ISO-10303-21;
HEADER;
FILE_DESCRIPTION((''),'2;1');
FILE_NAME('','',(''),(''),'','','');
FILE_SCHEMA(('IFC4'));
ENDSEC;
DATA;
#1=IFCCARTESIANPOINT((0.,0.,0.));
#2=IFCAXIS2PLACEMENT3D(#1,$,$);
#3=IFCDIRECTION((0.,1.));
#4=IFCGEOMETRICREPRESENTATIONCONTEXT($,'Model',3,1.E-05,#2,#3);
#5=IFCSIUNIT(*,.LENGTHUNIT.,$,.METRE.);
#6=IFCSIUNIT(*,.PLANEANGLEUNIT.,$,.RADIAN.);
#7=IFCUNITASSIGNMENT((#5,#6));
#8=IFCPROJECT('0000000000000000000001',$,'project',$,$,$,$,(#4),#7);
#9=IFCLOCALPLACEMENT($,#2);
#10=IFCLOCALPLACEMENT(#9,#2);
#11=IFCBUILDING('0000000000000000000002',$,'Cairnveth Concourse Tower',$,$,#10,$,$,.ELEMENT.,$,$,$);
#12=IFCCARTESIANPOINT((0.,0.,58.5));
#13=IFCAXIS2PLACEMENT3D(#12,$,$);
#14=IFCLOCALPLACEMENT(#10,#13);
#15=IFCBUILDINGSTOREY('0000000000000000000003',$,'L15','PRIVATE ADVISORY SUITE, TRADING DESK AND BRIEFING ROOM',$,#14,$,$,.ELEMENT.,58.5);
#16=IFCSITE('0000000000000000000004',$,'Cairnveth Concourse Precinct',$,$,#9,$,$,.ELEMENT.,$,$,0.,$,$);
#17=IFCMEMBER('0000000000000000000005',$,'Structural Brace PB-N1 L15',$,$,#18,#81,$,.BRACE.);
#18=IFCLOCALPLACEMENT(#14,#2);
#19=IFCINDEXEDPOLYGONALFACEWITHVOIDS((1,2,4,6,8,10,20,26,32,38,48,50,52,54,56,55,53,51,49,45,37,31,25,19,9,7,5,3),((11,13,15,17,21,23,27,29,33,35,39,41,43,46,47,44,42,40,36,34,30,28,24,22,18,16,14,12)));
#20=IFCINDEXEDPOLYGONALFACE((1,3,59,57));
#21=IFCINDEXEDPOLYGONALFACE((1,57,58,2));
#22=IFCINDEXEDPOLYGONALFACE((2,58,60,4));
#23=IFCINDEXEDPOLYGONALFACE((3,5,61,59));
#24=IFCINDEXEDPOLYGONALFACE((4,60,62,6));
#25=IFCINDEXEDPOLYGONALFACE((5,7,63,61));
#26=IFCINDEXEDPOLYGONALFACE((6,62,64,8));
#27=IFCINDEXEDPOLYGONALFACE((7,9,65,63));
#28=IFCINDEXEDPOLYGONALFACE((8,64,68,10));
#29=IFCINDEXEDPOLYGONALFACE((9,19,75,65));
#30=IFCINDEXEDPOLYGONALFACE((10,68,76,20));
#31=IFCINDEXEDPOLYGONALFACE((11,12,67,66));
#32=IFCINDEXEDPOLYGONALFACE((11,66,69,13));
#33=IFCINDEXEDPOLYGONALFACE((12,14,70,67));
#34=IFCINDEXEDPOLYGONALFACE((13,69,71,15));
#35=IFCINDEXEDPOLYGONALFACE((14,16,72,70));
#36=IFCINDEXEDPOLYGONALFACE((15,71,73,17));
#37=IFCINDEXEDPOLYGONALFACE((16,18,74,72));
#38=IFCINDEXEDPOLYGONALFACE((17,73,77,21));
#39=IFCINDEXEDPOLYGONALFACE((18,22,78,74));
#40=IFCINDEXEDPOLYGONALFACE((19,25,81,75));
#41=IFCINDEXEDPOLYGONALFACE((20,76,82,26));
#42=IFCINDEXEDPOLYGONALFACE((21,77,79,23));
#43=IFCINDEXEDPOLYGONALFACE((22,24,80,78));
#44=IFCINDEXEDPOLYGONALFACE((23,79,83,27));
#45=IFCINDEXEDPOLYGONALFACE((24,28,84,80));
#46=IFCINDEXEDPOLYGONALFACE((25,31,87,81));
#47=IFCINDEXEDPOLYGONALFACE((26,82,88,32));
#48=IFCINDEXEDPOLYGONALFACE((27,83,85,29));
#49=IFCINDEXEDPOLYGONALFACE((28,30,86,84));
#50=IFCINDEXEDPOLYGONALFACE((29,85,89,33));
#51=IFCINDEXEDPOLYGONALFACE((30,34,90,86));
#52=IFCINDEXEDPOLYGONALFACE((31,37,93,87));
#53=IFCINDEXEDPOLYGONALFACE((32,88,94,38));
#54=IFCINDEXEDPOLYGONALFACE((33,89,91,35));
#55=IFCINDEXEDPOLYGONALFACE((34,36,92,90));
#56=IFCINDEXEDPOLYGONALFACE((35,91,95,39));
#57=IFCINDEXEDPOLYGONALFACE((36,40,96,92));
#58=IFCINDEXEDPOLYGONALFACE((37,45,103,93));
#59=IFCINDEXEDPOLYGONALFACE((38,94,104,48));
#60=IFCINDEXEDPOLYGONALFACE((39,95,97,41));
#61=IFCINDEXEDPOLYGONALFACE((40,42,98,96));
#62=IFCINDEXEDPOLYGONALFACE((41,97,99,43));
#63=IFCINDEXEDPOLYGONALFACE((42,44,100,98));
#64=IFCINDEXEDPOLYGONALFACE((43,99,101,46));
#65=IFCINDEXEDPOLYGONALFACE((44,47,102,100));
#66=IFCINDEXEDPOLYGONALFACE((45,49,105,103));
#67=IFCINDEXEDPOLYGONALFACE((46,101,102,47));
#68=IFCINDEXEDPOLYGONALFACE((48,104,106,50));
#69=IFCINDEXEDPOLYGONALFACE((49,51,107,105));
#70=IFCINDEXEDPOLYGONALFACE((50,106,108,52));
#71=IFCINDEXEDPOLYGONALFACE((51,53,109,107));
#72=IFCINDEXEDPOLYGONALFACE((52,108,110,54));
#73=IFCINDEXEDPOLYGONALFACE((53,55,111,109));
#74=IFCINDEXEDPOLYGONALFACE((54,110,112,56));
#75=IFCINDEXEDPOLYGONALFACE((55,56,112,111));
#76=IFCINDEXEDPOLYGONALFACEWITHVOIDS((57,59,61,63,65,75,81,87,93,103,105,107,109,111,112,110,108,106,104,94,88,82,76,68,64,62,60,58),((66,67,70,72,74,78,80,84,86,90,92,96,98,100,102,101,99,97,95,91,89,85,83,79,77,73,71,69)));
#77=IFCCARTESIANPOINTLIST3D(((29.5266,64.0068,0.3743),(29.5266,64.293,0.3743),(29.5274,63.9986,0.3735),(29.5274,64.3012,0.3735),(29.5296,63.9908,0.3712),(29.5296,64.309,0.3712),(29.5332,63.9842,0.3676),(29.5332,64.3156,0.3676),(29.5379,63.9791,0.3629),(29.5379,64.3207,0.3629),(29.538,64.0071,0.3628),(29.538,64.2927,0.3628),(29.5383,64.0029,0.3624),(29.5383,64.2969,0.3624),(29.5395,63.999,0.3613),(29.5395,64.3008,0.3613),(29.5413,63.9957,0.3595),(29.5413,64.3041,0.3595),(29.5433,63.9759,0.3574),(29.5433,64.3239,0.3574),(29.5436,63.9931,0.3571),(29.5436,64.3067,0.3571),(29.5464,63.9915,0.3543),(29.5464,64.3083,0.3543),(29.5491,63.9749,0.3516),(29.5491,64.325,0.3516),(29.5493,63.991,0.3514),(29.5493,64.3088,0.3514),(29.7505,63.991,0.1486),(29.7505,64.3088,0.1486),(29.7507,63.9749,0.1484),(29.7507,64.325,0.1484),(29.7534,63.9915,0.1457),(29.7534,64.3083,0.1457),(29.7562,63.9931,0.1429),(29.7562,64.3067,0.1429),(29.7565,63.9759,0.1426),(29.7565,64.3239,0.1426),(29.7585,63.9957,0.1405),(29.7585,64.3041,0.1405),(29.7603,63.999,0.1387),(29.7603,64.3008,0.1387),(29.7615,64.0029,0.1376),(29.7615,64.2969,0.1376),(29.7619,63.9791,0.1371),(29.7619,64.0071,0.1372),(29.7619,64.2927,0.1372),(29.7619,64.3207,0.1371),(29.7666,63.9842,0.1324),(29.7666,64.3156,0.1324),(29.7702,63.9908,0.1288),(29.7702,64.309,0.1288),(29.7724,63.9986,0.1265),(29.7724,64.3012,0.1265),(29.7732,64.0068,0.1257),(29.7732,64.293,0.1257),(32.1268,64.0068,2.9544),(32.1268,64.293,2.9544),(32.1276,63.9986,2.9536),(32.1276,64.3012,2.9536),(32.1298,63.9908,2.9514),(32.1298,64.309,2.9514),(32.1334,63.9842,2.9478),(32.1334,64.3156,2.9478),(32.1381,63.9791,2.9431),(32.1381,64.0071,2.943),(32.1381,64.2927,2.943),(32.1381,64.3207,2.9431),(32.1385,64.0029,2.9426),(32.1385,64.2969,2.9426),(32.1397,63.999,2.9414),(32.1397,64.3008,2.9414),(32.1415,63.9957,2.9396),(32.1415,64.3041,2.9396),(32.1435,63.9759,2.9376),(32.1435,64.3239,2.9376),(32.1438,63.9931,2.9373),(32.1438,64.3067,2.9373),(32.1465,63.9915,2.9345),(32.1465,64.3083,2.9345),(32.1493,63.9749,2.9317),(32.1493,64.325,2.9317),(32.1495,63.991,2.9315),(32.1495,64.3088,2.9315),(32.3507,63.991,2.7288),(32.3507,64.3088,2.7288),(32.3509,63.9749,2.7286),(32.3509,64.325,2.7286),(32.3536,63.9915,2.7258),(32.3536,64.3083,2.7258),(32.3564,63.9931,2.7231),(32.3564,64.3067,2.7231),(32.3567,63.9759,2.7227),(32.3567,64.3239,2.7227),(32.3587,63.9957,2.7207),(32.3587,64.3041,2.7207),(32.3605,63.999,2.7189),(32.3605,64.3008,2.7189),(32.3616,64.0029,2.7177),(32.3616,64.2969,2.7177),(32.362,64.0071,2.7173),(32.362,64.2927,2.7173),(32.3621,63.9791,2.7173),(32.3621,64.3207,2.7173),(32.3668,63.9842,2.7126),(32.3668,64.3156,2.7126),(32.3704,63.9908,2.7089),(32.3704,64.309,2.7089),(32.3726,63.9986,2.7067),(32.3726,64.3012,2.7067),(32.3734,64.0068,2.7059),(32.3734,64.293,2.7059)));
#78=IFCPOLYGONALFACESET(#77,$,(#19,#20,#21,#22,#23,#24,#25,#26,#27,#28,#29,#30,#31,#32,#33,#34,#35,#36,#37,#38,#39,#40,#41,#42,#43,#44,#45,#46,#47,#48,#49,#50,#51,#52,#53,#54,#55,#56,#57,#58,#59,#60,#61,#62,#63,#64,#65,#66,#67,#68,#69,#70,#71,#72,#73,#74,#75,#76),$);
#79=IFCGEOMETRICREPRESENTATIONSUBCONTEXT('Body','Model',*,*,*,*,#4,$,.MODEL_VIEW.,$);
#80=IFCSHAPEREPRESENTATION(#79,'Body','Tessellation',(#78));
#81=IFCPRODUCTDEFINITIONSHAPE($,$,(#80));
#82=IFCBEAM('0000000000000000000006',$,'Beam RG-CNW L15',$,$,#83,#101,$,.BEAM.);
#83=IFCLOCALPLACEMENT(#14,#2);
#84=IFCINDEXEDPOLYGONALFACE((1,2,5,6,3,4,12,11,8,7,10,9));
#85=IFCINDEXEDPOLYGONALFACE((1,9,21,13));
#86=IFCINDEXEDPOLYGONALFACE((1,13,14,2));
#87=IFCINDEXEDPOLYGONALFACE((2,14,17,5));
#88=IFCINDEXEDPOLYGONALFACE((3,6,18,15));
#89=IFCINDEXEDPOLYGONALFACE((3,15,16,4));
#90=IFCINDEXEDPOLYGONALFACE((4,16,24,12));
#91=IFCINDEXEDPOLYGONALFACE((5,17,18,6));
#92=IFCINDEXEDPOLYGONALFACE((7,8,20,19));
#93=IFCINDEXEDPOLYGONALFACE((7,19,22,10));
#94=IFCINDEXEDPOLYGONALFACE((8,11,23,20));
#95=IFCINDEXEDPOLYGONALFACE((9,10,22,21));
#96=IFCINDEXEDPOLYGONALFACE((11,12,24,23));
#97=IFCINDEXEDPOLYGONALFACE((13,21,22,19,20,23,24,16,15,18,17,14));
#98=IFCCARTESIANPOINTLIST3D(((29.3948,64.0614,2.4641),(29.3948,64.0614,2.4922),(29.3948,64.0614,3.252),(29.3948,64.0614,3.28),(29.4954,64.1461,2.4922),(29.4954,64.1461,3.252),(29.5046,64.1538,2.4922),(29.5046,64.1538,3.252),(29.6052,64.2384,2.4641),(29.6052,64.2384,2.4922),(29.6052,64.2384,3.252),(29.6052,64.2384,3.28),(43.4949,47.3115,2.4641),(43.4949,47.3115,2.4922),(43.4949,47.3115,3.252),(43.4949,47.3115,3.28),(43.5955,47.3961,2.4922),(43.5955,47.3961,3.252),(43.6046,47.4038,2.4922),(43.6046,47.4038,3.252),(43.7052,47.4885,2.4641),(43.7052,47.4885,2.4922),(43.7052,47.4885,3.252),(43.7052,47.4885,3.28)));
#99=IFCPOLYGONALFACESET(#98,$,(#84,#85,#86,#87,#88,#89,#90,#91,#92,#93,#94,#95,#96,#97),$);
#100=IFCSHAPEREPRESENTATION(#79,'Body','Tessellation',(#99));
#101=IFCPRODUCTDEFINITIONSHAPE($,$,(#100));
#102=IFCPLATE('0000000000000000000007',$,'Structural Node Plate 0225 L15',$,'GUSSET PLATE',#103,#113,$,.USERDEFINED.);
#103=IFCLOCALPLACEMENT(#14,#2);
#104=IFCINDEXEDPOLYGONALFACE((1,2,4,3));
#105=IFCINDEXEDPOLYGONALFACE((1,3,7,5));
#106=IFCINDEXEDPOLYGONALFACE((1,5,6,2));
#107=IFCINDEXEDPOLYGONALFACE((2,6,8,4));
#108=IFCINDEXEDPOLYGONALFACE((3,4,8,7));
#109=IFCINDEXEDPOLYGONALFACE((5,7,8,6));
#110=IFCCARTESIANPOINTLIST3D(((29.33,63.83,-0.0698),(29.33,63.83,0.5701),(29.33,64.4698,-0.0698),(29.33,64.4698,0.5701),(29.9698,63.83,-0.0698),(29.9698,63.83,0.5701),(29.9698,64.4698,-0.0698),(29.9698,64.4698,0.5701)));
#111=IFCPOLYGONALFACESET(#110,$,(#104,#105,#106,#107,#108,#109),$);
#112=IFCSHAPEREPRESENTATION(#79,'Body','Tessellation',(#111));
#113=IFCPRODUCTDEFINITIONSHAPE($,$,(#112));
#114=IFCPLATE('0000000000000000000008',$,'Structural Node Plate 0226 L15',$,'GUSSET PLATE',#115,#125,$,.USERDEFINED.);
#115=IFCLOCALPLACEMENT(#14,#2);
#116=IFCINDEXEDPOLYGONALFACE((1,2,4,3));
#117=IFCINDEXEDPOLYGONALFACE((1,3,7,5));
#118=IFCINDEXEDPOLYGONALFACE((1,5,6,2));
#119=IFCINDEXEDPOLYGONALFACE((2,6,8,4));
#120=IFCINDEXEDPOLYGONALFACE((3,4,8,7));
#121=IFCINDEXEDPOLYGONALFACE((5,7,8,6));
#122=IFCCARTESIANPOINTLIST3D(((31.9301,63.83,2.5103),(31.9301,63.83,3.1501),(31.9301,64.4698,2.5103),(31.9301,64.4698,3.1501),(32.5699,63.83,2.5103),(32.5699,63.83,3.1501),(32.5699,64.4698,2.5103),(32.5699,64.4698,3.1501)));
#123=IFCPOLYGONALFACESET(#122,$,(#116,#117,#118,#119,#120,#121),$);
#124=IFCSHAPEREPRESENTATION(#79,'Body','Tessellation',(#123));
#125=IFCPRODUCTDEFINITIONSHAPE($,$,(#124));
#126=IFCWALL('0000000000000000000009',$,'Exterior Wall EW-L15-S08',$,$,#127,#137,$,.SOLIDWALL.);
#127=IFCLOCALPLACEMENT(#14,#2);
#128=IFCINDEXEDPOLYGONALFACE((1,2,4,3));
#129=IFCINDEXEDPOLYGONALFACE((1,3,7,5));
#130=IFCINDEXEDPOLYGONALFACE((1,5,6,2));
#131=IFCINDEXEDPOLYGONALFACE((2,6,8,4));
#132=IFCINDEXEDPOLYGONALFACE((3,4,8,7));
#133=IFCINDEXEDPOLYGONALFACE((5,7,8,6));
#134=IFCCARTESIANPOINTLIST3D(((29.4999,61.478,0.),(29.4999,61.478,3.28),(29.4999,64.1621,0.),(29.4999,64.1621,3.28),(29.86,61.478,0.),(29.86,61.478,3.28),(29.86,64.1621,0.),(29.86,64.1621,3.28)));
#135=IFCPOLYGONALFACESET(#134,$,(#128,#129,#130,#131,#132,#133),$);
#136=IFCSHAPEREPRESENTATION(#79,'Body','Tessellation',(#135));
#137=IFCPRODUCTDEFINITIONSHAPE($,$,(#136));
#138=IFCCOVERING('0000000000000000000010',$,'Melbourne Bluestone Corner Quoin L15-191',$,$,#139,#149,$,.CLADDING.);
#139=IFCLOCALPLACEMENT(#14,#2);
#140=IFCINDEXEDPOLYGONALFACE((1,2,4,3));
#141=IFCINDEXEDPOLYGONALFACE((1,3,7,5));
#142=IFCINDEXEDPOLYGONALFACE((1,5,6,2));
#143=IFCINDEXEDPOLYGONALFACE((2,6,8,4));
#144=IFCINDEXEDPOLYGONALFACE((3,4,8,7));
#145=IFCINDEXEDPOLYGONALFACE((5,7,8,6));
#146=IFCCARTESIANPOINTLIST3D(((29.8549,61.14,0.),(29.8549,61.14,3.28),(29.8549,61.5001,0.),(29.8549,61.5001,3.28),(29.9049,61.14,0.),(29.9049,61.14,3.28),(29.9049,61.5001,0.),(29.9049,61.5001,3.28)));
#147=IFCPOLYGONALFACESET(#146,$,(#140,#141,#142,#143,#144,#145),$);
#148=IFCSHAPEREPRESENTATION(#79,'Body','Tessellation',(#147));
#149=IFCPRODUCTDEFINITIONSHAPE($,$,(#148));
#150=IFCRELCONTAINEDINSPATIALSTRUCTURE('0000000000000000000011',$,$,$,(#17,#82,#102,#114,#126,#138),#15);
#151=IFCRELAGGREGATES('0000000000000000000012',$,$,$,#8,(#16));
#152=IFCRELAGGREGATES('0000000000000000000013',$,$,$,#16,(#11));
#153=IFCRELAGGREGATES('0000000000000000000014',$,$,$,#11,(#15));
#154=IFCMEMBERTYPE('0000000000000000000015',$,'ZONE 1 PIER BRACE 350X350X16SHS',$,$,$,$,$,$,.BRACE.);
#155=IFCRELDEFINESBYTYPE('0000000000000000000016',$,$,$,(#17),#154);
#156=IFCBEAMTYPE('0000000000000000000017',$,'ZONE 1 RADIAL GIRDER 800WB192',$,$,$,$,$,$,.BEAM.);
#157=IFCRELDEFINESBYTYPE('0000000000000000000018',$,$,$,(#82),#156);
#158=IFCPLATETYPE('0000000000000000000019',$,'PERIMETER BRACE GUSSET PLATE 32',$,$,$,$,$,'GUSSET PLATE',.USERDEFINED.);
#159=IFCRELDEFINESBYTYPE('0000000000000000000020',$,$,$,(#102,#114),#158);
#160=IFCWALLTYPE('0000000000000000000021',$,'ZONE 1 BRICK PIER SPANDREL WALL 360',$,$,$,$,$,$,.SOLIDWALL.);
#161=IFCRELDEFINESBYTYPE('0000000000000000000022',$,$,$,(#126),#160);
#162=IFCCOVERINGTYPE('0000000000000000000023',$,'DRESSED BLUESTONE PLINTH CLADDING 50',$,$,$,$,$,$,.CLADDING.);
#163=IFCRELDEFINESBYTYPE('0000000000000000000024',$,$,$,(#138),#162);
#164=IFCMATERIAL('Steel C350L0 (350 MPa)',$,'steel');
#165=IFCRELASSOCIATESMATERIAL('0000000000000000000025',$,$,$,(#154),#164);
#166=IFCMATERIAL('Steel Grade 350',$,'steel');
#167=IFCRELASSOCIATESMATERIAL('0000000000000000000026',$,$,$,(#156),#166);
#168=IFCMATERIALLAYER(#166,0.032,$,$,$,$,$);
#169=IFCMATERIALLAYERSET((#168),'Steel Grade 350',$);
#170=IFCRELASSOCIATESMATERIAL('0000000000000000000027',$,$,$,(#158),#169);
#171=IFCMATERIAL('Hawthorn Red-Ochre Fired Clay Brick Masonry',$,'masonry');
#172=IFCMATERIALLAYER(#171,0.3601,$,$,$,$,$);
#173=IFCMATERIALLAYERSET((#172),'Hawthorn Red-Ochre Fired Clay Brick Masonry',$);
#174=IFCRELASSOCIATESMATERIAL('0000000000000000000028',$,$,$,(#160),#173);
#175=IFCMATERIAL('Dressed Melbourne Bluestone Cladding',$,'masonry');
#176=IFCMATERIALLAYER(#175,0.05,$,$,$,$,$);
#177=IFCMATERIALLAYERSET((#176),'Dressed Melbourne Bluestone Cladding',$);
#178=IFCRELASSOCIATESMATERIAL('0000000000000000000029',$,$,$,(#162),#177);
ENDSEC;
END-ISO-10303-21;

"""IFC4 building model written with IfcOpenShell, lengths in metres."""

from ifc_helpers import new_model, si_unit, direction, frame, frame_2d, origin, origin_2d, place, context, subcontext, project, spatial, rectangle, hollow_rectangle, i_section, extrude, material, layer, layer_set, material_profile, profile_set, type_object, element, save


model = new_model("IFC4")

# Units and contexts
model_context = context("Model", 3, precision=1e-05, world=origin(), true_north=direction((0.0, 1.0)))
body_context = subcontext(model_context, "Body", "Model", "MODEL_VIEW")
ifc_project = project(units=[si_unit("LENGTHUNIT", "METRE"), si_unit("PLANEANGLEUNIT", "RADIAN")], contexts=[model_context])

# Site, building, storey
site_placement = place(None, origin())
site = spatial("IfcSite", under=ifc_project, at=site_placement, Name="Cairnveth Concourse Precinct", CompositionType="ELEMENT", RefElevation=0.0)
building_placement = place(site_placement, origin())
building = spatial("IfcBuilding", under=site, at=building_placement, Name="Cairnveth Concourse Tower", CompositionType="ELEMENT")
storey_placement = place(building_placement, frame((0.0, 0.0, 58.5)))
storey = spatial("IfcBuildingStorey", under=building, at=storey_placement, Name="L15", Description="PRIVATE ADVISORY SUITE, TRADING DESK AND BRIEFING ROOM", CompositionType="ELEMENT", Elevation=58.5)

# Member
ifc_material_1 = material(Name="Steel C350L0 (350 MPa)", Category="steel")
ifc_material_profile_1 = material_profile(ifc_material_1, hollow_rectangle(XDim=0.3501, YDim=0.3501, WallThickness=0.0161, InnerFilletRadius=0.0161, OuterFilletRadius=0.032, at=origin_2d()), Name="350x350x16.0SHS")
ifc_profile_set_1 = profile_set([ifc_material_profile_1], Name="Steel C350L0 (350 MPa)")
member_type = type_object("IfcMemberType", Name="ZONE 1 PIER BRACE 350X350X16SHS", PredefinedType="BRACE", material=ifc_profile_set_1)
member_placement = place(storey_placement, frame((29.6499, 64.1499, 0.25), z_axis=(0.709834, 0.0, 0.704369), x_axis=(0.0, 1.0, 0.0)))
element("IfcMember", 1, at=member_placement, inside=storey, type_object=member_type, Name="Structural Brace PB-N1 L15", PredefinedType="BRACE", context=body_context, shape_type="SweptSolid", body=[
    extrude(hollow_rectangle(XDim=0.3501, YDim=0.3501, WallThickness=0.0161, InnerFilletRadius=0.0161, OuterFilletRadius=0.032, at=origin_2d()), origin(), (0.0, 0.0, 1.0), 3.6631),
])

# Beam
ifc_material_2 = material(Name="Steel Grade 350", Category="steel")
ifc_material_profile_2 = material_profile(ifc_material_2, i_section(OverallWidth=0.2749, OverallDepth=0.8159, WebThickness=0.012, FlangeThickness=0.0281, at=origin_2d()), Name="800WB192")
ifc_profile_set_2 = profile_set([ifc_material_profile_2], Name="Steel Grade 350")
beam_type = type_object("IfcBeamType", Name="ZONE 1 RADIAL GIRDER 800WB192", PredefinedType="BEAM", material=ifc_profile_set_2)
beam_placement = place(storey_placement, frame((29.5, 64.1499, 2.8721), z_axis=(0.643998, -0.765027, 0.0), x_axis=(0.765027, 0.643998, 0.0)))
element("IfcBeam", 2, at=beam_placement, inside=storey, type_object=beam_type, Name="Beam RG-CNW L15", PredefinedType="BEAM", context=body_context, shape_type="SweptSolid", body=[
    extrude(i_section(OverallWidth=0.2749, OverallDepth=0.8159, WebThickness=0.012, FlangeThickness=0.0281, at=origin_2d()), origin(), (0.0, 0.0, 1.0), 21.8945),
])

# Plates
ifc_layer_1 = layer(ifc_material_2, 0.032)
ifc_layer_set_1 = layer_set([ifc_layer_1], Name="Steel Grade 350")
plate_type = type_object("IfcPlateType", Name="PERIMETER BRACE GUSSET PLATE 32", ElementType="GUSSET PLATE", PredefinedType="USERDEFINED", material=ifc_layer_set_1)
for number, where, z_axis, x_axis, name in (
    (3, (29.6499, 64.1499, -0.0698), (0.0, 0.0, 1.0), (1.0, 0.0, 0.0), "Structural Node Plate 0225 L15"),
    (4, (32.25, 64.1499, 2.5103), (0.0, 0.0, 1.0), (1.0, 0.0, 0.0), "Structural Node Plate 0226 L15"),
):
    element("IfcPlate", number, at=place(storey_placement, frame(where, z_axis=z_axis, x_axis=x_axis)), inside=storey, type_object=plate_type, Name=name, ObjectType="GUSSET PLATE", PredefinedType="USERDEFINED", context=body_context, shape_type="SweptSolid", body=[
        extrude(rectangle(XDim=0.6399, YDim=0.6399, at=origin_2d()), origin(), (0.0, 0.0, 1.0), 0.6399),
    ])

# Wall
ifc_material_3 = material(Name="Hawthorn Red-Ochre Fired Clay Brick Masonry", Category="masonry")
ifc_layer_2 = layer(ifc_material_3, 0.3601)
ifc_layer_set_2 = layer_set([ifc_layer_2], Name="Hawthorn Red-Ochre Fired Clay Brick Masonry")
wall_type = type_object("IfcWallType", Name="ZONE 1 BRICK PIER SPANDREL WALL 360", PredefinedType="SOLIDWALL", material=ifc_layer_set_2)
wall_1_placement = place(storey_placement, frame((29.6799, 61.478, 0.0), z_axis=(0.0, 0.0, 1.0), x_axis=(0.0, 1.0, 0.0)))
element("IfcWall", 5, at=wall_1_placement, inside=storey, type_object=wall_type, Name="Exterior Wall EW-L15-S08", PredefinedType="SOLIDWALL", context=body_context, shape_type="SweptSolid", body=[
    extrude(rectangle(XDim=2.6841, YDim=0.3601, at=frame_2d((1.342, 0.0))), origin(), (0.0, 0.0, 1.0), 3.28),
])

# Covering
ifc_material_4 = material(Name="Dressed Melbourne Bluestone Cladding", Category="masonry")
ifc_layer_3 = layer(ifc_material_4, 0.05)
ifc_layer_set_3 = layer_set([ifc_layer_3], Name="Dressed Melbourne Bluestone Cladding")
covering_type = type_object("IfcCoveringType", Name="DRESSED BLUESTONE PLINTH CLADDING 50", PredefinedType="CLADDING", material=ifc_layer_set_3)
covering_placement = place(storey_placement, frame((29.8799, 61.1399, 0.0), z_axis=(0.0, 0.0, 1.0), x_axis=(0.0, 1.0, 0.0)))
element("IfcCovering", 6, at=covering_placement, inside=storey, type_object=covering_type, Name="Melbourne Bluestone Corner Quoin L15-191", PredefinedType="CLADDING", context=body_context, shape_type="SweptSolid", body=[
    extrude(rectangle(XDim=0.3601, YDim=0.05, at=frame_2d((0.1802, 0.0))), origin(), (0.0, 0.0, 1.0), 3.28),
])

save(model, "model.ifc")
